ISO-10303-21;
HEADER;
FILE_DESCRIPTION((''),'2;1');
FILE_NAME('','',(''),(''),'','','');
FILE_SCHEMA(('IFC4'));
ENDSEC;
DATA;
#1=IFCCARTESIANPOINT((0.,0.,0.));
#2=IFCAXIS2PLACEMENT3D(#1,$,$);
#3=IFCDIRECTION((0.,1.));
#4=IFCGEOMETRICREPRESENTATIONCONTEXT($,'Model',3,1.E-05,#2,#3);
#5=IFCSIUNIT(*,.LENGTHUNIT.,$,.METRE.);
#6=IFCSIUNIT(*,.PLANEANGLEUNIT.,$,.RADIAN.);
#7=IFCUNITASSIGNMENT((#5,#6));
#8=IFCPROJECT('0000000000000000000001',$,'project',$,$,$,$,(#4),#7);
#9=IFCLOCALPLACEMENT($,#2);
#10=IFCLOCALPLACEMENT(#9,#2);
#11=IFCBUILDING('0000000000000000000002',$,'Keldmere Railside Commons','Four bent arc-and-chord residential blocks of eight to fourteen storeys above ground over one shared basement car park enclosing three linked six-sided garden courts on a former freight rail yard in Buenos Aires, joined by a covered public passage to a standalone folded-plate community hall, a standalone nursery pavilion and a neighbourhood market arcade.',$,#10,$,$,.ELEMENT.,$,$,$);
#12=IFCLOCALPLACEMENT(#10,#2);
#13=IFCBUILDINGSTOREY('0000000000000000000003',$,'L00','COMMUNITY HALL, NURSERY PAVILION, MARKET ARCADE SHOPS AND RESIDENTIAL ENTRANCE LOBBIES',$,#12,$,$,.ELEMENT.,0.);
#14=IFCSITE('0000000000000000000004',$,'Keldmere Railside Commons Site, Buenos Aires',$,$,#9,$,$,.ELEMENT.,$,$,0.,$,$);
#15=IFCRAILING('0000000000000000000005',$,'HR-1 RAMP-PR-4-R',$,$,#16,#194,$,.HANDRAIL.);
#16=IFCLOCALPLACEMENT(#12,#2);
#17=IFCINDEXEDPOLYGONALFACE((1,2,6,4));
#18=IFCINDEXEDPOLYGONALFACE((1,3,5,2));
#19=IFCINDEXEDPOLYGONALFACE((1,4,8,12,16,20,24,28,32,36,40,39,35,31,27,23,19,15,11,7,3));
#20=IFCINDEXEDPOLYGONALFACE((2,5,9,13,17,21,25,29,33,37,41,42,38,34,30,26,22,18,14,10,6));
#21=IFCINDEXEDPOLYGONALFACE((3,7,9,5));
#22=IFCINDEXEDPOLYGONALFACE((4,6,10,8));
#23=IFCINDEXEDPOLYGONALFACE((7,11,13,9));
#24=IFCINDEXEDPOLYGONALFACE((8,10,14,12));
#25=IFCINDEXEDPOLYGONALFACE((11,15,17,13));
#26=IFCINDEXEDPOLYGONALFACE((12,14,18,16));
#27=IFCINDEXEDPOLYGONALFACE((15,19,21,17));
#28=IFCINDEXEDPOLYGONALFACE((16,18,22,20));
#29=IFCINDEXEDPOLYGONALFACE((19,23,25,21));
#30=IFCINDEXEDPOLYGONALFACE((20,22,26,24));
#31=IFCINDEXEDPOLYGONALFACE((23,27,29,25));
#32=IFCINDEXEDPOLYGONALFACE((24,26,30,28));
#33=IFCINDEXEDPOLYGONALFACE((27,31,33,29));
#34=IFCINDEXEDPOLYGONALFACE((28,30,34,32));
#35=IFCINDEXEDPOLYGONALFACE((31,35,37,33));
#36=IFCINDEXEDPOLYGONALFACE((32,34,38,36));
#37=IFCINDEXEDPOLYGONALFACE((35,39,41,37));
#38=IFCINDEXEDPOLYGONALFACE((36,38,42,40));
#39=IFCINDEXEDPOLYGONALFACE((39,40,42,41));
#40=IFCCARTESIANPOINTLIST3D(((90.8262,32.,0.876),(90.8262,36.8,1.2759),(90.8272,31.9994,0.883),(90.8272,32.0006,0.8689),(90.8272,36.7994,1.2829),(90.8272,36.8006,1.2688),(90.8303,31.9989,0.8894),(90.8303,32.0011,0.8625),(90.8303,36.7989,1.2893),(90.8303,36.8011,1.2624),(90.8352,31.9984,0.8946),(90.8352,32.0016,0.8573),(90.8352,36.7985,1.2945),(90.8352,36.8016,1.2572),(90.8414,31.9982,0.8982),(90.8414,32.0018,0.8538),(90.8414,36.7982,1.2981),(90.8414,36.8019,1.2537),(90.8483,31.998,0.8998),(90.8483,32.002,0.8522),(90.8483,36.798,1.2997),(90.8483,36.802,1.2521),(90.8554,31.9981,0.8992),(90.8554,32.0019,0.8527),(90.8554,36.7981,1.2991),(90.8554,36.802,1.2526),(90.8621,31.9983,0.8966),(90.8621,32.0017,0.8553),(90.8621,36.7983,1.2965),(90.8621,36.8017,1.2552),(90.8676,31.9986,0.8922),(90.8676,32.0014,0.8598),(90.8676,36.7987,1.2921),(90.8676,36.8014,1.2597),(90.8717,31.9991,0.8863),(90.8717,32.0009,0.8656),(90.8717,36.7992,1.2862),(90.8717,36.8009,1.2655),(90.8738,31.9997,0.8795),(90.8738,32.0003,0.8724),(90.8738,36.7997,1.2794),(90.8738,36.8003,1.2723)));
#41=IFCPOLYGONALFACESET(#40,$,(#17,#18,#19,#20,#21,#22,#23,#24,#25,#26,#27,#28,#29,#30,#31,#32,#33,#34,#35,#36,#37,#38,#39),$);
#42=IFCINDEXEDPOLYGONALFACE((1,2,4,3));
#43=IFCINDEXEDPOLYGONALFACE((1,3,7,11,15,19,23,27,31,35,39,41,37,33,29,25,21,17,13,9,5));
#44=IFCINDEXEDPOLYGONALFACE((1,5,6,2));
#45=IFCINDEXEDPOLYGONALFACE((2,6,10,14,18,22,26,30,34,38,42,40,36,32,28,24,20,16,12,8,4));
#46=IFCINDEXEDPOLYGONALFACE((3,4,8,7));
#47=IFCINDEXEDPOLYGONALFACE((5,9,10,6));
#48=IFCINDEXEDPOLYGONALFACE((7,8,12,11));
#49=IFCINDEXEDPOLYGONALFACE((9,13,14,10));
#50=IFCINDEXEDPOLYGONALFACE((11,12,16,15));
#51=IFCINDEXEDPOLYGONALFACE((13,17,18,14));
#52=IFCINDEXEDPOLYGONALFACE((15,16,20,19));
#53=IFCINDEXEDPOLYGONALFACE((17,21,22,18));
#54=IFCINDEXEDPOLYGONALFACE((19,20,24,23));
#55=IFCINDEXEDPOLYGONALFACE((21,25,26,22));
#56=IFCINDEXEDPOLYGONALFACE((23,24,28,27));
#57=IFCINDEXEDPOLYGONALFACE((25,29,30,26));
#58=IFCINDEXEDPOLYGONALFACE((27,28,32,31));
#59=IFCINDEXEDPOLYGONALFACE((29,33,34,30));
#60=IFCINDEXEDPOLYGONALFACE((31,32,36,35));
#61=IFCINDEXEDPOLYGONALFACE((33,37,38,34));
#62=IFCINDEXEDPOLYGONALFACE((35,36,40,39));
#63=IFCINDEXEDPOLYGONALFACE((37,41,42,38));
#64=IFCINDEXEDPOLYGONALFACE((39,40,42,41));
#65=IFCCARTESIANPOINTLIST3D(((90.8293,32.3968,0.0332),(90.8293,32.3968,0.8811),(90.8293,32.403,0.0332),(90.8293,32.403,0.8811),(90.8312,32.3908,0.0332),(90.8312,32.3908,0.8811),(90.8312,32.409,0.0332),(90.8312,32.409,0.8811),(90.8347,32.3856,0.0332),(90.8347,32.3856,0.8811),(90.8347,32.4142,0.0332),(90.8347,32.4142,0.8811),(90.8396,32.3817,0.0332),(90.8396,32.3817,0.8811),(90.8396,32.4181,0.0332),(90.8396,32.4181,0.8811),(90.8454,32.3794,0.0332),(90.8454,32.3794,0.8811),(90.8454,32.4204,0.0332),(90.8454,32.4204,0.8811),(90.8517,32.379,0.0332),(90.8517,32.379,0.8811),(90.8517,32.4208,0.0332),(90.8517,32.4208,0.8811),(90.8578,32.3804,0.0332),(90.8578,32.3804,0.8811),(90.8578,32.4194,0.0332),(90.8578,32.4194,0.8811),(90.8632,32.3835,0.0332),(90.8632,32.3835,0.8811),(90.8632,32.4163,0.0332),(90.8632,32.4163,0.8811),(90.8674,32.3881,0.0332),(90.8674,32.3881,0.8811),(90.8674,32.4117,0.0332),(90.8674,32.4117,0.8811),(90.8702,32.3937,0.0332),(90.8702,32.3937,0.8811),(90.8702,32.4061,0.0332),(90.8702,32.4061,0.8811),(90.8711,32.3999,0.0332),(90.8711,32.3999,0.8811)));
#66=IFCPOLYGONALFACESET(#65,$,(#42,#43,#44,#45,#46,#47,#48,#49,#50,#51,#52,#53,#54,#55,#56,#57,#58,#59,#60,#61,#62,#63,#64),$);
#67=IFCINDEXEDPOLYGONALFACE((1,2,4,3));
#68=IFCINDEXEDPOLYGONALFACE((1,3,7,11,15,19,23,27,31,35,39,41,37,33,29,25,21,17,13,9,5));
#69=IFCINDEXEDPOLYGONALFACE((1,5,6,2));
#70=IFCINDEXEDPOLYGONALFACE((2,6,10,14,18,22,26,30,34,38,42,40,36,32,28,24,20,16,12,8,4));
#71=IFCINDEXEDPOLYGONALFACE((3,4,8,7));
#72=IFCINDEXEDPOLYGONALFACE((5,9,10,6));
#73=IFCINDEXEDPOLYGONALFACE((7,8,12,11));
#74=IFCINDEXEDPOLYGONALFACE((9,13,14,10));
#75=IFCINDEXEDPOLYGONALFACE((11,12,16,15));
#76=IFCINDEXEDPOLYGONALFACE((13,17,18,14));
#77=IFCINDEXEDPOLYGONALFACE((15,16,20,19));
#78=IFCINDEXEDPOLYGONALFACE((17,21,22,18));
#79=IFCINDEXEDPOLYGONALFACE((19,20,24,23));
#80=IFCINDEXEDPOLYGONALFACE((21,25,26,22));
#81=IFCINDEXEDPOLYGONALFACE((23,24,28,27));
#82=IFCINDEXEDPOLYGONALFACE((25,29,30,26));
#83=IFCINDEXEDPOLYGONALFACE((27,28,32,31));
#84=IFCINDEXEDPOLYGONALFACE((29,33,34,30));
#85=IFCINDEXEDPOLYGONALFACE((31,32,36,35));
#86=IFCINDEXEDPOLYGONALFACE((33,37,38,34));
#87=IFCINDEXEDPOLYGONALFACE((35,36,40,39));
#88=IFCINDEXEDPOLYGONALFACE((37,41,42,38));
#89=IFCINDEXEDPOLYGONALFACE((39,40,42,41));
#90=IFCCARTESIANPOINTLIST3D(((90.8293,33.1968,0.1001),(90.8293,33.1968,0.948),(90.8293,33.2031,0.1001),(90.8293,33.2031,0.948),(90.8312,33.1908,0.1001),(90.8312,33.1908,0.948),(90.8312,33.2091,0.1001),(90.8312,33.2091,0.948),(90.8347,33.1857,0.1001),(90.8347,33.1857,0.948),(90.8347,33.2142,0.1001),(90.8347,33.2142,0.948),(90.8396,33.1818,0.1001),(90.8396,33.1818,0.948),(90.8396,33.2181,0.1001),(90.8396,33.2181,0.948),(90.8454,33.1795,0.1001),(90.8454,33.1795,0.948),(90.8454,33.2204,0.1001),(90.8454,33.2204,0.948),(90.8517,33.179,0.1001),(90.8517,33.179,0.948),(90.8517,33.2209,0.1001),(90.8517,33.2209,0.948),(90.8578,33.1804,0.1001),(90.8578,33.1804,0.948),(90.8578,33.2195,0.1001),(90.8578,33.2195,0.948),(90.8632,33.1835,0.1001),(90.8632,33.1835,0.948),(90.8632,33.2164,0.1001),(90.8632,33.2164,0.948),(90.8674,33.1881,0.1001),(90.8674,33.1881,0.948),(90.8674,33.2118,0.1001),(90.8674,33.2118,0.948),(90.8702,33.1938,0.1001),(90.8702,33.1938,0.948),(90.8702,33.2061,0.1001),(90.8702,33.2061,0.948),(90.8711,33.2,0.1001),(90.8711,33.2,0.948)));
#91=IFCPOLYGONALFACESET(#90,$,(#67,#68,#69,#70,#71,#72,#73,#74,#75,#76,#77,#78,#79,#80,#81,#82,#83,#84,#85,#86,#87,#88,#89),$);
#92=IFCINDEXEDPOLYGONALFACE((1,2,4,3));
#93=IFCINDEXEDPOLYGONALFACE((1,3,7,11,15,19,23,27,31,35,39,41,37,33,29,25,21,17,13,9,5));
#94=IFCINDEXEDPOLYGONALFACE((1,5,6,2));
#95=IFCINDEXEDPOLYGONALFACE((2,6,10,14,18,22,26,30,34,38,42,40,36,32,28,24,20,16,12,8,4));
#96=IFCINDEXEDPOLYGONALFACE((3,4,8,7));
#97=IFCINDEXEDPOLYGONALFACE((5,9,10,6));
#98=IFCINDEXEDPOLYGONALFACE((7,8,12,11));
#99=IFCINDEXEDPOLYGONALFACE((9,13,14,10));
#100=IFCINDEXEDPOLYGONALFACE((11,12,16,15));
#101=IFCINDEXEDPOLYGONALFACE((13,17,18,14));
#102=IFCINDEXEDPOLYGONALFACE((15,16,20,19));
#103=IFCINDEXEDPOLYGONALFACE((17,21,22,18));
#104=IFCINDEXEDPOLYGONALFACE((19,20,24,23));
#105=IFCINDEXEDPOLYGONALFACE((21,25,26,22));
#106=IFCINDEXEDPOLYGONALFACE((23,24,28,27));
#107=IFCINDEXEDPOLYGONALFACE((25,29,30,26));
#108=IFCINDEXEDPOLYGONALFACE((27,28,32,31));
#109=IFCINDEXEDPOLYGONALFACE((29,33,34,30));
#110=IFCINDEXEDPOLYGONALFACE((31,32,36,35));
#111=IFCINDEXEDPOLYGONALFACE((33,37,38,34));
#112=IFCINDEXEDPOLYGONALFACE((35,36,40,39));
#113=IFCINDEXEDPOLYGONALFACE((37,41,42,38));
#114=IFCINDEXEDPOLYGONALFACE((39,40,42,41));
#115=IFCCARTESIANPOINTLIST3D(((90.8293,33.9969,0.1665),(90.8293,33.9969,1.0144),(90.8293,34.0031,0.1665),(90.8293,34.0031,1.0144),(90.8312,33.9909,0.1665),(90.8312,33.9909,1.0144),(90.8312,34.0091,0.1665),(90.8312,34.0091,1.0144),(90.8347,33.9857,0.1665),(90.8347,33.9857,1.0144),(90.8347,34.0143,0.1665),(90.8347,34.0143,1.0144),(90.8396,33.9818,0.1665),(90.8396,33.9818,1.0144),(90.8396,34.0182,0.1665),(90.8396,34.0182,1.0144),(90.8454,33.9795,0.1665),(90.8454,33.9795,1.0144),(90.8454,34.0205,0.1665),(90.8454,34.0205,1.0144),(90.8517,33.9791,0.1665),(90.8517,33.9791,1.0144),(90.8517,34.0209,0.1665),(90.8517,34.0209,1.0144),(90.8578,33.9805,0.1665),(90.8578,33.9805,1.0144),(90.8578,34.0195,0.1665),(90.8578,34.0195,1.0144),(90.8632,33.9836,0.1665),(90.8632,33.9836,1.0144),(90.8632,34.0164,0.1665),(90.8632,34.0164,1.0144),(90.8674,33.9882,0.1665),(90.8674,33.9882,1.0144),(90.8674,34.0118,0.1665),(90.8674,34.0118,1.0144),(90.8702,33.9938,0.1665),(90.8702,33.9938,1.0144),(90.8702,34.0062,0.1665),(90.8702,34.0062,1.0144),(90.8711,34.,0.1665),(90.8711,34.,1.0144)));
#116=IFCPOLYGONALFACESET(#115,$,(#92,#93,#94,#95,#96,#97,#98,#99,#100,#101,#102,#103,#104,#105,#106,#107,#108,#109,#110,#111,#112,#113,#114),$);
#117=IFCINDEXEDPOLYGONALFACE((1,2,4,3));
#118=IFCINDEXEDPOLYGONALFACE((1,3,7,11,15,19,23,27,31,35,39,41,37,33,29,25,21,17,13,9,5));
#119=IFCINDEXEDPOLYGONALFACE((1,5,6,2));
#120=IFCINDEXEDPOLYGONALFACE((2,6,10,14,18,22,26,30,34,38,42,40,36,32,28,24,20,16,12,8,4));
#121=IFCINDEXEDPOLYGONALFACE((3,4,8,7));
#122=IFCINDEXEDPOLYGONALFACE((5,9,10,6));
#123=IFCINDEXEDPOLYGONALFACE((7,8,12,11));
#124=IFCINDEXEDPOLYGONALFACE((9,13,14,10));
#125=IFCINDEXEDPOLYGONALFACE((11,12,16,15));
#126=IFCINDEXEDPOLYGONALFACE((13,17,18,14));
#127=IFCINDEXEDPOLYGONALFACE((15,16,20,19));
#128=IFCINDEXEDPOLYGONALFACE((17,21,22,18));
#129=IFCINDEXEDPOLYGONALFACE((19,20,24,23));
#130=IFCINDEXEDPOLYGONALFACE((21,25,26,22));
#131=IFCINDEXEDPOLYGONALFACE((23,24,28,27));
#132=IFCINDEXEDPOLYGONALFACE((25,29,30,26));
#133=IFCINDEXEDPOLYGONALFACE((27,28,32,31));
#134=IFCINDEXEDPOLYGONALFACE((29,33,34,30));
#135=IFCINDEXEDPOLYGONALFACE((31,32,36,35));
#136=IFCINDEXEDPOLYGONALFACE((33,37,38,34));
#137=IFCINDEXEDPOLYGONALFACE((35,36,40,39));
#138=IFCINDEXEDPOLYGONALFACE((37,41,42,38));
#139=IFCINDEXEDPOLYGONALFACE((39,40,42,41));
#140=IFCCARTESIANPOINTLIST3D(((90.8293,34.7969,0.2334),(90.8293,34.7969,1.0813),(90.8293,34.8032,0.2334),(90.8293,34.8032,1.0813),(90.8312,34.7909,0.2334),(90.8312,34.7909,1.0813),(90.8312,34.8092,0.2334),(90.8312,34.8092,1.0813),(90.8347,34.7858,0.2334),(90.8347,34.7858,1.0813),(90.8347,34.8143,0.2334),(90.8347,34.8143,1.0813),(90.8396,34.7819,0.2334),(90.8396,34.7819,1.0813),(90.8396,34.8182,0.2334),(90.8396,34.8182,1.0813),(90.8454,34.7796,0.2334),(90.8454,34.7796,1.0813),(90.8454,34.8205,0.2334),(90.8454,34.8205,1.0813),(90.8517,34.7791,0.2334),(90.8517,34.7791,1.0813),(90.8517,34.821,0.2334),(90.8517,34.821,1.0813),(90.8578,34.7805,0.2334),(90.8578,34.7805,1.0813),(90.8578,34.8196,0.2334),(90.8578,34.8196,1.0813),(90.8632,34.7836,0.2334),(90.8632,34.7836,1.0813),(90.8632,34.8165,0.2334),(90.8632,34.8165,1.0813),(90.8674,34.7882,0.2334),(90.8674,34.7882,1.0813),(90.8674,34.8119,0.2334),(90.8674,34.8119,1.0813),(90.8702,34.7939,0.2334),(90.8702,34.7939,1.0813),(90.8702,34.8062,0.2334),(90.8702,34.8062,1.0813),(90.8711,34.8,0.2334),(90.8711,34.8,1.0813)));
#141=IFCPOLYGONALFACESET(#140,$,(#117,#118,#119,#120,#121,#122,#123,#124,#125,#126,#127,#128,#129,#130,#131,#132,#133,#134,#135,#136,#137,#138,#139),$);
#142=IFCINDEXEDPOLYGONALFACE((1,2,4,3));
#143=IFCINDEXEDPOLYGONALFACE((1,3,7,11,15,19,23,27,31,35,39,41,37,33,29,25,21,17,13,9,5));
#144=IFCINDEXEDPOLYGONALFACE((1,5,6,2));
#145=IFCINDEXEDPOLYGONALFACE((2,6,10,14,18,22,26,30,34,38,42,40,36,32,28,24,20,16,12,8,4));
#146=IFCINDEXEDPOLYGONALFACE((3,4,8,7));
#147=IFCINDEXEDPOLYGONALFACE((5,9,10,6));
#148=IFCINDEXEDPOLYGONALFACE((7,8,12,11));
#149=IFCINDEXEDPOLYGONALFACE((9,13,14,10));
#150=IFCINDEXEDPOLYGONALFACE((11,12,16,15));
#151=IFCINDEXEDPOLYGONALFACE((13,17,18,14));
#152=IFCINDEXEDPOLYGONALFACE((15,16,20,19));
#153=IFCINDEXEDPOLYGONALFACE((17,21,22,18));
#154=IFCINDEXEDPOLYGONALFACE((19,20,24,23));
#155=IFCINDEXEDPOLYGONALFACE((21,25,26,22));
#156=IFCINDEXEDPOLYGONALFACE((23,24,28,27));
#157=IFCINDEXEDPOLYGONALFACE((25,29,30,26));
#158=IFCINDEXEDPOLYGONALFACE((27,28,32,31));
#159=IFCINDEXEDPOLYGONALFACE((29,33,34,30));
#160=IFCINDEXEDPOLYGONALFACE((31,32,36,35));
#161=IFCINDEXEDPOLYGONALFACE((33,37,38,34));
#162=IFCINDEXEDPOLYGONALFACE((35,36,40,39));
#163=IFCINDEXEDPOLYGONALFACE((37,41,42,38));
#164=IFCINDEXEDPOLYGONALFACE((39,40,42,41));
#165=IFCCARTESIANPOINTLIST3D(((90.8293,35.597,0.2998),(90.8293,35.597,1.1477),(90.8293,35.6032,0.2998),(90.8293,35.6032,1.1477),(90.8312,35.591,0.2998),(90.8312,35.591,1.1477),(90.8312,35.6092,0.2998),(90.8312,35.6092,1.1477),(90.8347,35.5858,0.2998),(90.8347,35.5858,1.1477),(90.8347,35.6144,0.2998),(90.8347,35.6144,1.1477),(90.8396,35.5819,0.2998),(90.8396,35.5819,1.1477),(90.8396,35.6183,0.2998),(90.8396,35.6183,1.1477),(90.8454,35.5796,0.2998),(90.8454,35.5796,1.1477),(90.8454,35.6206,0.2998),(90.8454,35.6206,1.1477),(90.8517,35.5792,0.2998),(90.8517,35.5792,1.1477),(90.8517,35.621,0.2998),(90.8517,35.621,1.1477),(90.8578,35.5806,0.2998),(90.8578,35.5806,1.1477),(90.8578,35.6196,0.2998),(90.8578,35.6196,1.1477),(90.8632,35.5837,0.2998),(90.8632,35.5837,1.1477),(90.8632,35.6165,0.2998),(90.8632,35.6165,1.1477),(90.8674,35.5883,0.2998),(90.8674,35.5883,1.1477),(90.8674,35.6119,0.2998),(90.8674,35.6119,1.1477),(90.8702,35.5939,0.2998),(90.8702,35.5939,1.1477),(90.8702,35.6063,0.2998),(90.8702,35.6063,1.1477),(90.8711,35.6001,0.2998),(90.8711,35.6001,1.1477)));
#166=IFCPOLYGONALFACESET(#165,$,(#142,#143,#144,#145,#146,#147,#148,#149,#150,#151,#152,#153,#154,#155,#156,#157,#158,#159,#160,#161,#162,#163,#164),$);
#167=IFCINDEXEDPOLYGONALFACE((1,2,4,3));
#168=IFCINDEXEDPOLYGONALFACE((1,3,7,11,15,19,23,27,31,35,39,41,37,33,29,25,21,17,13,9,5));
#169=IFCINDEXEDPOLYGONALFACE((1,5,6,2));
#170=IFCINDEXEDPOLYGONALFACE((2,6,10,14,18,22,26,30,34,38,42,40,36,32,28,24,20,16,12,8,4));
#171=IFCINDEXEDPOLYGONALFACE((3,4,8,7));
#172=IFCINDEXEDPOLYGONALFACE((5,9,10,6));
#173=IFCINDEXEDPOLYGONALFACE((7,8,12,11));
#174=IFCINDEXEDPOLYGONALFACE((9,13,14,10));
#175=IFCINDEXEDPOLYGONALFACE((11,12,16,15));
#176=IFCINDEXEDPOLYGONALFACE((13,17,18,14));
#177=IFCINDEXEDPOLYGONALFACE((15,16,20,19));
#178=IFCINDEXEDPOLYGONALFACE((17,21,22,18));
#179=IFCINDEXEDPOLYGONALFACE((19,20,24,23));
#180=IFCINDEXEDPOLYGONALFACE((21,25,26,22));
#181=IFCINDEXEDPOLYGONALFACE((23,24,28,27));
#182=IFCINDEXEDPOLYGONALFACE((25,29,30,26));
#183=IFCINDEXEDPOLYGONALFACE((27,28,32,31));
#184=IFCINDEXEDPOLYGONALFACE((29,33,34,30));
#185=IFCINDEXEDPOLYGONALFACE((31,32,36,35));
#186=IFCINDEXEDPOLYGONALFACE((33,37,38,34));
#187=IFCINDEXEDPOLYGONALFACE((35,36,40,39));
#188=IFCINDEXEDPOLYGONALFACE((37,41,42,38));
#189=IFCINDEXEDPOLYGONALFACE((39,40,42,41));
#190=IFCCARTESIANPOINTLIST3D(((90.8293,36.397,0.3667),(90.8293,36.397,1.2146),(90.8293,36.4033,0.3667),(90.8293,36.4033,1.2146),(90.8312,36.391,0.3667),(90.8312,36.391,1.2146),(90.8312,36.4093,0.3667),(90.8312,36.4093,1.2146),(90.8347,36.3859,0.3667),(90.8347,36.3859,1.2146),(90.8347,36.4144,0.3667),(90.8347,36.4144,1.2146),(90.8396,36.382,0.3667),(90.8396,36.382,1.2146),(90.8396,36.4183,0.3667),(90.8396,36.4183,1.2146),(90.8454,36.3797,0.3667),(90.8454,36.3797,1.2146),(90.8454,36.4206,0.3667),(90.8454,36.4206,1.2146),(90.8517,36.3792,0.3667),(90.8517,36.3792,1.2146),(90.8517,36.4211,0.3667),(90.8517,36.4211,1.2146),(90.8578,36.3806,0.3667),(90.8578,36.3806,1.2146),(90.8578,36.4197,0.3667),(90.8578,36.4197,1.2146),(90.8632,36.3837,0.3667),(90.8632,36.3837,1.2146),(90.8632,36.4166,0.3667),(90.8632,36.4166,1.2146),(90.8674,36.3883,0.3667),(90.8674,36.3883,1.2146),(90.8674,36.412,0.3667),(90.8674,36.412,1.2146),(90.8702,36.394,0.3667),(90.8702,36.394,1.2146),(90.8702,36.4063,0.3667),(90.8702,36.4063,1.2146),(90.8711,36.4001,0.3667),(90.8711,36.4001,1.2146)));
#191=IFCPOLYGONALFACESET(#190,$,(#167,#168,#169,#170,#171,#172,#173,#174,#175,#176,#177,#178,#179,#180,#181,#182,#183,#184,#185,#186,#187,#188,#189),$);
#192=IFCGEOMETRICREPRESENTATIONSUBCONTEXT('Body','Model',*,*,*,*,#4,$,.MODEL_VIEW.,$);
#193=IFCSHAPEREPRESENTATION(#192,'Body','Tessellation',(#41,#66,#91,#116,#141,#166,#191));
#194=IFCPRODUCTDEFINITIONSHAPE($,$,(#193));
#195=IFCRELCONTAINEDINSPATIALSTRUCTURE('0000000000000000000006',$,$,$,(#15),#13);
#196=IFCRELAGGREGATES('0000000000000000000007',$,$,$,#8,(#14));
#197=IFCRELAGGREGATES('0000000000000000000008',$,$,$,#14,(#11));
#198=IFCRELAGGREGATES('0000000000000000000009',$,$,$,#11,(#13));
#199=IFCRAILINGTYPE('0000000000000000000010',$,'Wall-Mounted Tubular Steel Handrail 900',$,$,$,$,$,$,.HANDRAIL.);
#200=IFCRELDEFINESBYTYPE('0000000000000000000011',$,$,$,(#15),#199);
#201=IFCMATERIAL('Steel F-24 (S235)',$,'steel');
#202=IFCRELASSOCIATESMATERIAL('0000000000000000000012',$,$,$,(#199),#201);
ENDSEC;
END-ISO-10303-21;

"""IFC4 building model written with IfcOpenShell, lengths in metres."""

from ifc_helpers import new_model, si_unit, direction, frame, origin, origin_2d, place, context, subcontext, project, spatial, circle, extrude, material, type_object, element, save


model = new_model("IFC4")

# Units and contexts
model_context = context("Model", 3, precision=1e-05, world=origin(), true_north=direction((0.0, 1.0)))
body_context = subcontext(model_context, "Body", "Model", "MODEL_VIEW")
ifc_project = project(units=[si_unit("LENGTHUNIT", "METRE"), si_unit("PLANEANGLEUNIT", "RADIAN")], contexts=[model_context])

# Site, building, storey
site_placement = place(None, origin())
site = spatial("IfcSite", under=ifc_project, at=site_placement, Name="Keldmere Railside Commons Site, Buenos Aires", CompositionType="ELEMENT", RefElevation=0.0)
building_placement = place(site_placement, origin())
building = spatial("IfcBuilding", under=site, at=building_placement, Name="Keldmere Railside Commons", Description="Four bent arc-and-chord residential blocks of eight to fourteen storeys above ground over one shared basement car park enclosing three linked six-sided garden courts on a former freight rail yard in Buenos Aires, joined by a covered public passage to a standalone folded-plate community hall, a standalone nursery pavilion and a neighbourhood market arcade.", CompositionType="ELEMENT")
storey_placement = place(building_placement, origin())
storey = spatial("IfcBuildingStorey", under=building, at=storey_placement, Name="L00", Description="COMMUNITY HALL, NURSERY PAVILION, MARKET ARCADE SHOPS AND RESIDENTIAL ENTRANCE LOBBIES", CompositionType="ELEMENT", Elevation=0.0)

# Railing
ifc_material_1 = material(Name="Steel F-24 (S235)", Category="steel")
railing_type_1 = type_object("IfcRailingType", Name="Wall-Mounted Tubular Steel Handrail 900", PredefinedType="HANDRAIL", material=ifc_material_1)
for number, where, name in (
    (1, (90.8501, 32.0, 0.0), "HR-1 RAMP-PR-4-R"),
):
    element("IfcRailing", number, at=place(storey_placement, frame(where)), inside=storey, type_object=railing_type_1, Name=name, PredefinedType="HANDRAIL", context=body_context, shape_type="SweptSolid", body=[
        extrude(circle(Radius=0.0239, at=origin_2d()), frame((0.0, 0.0, 0.876), z_axis=(0.0, 0.996548, 0.083025), x_axis=(-1.0, 0.0, 0.0)), (0.0, 0.0, 1.0), 4.8167),
        extrude(circle(Radius=0.021, at=origin_2d()), frame((0.0, 0.3999, 0.0332)), (0.0, 0.0, 1.0), 0.8479),
        extrude(circle(Radius=0.021, at=origin_2d()), frame((0.0, 1.2, 0.1001)), (0.0, 0.0, 1.0), 0.8479),
        extrude(circle(Radius=0.021, at=origin_2d()), frame((0.0, 2.0, 0.1665)), (0.0, 0.0, 1.0), 0.8479),
        extrude(circle(Radius=0.021, at=origin_2d()), frame((0.0, 2.8, 0.2334)), (0.0, 0.0, 1.0), 0.8479),
        extrude(circle(Radius=0.021, at=origin_2d()), frame((0.0, 3.6001, 0.2998)), (0.0, 0.0, 1.0), 0.8479),
        extrude(circle(Radius=0.021, at=origin_2d()), frame((0.0, 4.4001, 0.3667)), (0.0, 0.0, 1.0), 0.8479),
    ])

save(model, "model.ifc")
